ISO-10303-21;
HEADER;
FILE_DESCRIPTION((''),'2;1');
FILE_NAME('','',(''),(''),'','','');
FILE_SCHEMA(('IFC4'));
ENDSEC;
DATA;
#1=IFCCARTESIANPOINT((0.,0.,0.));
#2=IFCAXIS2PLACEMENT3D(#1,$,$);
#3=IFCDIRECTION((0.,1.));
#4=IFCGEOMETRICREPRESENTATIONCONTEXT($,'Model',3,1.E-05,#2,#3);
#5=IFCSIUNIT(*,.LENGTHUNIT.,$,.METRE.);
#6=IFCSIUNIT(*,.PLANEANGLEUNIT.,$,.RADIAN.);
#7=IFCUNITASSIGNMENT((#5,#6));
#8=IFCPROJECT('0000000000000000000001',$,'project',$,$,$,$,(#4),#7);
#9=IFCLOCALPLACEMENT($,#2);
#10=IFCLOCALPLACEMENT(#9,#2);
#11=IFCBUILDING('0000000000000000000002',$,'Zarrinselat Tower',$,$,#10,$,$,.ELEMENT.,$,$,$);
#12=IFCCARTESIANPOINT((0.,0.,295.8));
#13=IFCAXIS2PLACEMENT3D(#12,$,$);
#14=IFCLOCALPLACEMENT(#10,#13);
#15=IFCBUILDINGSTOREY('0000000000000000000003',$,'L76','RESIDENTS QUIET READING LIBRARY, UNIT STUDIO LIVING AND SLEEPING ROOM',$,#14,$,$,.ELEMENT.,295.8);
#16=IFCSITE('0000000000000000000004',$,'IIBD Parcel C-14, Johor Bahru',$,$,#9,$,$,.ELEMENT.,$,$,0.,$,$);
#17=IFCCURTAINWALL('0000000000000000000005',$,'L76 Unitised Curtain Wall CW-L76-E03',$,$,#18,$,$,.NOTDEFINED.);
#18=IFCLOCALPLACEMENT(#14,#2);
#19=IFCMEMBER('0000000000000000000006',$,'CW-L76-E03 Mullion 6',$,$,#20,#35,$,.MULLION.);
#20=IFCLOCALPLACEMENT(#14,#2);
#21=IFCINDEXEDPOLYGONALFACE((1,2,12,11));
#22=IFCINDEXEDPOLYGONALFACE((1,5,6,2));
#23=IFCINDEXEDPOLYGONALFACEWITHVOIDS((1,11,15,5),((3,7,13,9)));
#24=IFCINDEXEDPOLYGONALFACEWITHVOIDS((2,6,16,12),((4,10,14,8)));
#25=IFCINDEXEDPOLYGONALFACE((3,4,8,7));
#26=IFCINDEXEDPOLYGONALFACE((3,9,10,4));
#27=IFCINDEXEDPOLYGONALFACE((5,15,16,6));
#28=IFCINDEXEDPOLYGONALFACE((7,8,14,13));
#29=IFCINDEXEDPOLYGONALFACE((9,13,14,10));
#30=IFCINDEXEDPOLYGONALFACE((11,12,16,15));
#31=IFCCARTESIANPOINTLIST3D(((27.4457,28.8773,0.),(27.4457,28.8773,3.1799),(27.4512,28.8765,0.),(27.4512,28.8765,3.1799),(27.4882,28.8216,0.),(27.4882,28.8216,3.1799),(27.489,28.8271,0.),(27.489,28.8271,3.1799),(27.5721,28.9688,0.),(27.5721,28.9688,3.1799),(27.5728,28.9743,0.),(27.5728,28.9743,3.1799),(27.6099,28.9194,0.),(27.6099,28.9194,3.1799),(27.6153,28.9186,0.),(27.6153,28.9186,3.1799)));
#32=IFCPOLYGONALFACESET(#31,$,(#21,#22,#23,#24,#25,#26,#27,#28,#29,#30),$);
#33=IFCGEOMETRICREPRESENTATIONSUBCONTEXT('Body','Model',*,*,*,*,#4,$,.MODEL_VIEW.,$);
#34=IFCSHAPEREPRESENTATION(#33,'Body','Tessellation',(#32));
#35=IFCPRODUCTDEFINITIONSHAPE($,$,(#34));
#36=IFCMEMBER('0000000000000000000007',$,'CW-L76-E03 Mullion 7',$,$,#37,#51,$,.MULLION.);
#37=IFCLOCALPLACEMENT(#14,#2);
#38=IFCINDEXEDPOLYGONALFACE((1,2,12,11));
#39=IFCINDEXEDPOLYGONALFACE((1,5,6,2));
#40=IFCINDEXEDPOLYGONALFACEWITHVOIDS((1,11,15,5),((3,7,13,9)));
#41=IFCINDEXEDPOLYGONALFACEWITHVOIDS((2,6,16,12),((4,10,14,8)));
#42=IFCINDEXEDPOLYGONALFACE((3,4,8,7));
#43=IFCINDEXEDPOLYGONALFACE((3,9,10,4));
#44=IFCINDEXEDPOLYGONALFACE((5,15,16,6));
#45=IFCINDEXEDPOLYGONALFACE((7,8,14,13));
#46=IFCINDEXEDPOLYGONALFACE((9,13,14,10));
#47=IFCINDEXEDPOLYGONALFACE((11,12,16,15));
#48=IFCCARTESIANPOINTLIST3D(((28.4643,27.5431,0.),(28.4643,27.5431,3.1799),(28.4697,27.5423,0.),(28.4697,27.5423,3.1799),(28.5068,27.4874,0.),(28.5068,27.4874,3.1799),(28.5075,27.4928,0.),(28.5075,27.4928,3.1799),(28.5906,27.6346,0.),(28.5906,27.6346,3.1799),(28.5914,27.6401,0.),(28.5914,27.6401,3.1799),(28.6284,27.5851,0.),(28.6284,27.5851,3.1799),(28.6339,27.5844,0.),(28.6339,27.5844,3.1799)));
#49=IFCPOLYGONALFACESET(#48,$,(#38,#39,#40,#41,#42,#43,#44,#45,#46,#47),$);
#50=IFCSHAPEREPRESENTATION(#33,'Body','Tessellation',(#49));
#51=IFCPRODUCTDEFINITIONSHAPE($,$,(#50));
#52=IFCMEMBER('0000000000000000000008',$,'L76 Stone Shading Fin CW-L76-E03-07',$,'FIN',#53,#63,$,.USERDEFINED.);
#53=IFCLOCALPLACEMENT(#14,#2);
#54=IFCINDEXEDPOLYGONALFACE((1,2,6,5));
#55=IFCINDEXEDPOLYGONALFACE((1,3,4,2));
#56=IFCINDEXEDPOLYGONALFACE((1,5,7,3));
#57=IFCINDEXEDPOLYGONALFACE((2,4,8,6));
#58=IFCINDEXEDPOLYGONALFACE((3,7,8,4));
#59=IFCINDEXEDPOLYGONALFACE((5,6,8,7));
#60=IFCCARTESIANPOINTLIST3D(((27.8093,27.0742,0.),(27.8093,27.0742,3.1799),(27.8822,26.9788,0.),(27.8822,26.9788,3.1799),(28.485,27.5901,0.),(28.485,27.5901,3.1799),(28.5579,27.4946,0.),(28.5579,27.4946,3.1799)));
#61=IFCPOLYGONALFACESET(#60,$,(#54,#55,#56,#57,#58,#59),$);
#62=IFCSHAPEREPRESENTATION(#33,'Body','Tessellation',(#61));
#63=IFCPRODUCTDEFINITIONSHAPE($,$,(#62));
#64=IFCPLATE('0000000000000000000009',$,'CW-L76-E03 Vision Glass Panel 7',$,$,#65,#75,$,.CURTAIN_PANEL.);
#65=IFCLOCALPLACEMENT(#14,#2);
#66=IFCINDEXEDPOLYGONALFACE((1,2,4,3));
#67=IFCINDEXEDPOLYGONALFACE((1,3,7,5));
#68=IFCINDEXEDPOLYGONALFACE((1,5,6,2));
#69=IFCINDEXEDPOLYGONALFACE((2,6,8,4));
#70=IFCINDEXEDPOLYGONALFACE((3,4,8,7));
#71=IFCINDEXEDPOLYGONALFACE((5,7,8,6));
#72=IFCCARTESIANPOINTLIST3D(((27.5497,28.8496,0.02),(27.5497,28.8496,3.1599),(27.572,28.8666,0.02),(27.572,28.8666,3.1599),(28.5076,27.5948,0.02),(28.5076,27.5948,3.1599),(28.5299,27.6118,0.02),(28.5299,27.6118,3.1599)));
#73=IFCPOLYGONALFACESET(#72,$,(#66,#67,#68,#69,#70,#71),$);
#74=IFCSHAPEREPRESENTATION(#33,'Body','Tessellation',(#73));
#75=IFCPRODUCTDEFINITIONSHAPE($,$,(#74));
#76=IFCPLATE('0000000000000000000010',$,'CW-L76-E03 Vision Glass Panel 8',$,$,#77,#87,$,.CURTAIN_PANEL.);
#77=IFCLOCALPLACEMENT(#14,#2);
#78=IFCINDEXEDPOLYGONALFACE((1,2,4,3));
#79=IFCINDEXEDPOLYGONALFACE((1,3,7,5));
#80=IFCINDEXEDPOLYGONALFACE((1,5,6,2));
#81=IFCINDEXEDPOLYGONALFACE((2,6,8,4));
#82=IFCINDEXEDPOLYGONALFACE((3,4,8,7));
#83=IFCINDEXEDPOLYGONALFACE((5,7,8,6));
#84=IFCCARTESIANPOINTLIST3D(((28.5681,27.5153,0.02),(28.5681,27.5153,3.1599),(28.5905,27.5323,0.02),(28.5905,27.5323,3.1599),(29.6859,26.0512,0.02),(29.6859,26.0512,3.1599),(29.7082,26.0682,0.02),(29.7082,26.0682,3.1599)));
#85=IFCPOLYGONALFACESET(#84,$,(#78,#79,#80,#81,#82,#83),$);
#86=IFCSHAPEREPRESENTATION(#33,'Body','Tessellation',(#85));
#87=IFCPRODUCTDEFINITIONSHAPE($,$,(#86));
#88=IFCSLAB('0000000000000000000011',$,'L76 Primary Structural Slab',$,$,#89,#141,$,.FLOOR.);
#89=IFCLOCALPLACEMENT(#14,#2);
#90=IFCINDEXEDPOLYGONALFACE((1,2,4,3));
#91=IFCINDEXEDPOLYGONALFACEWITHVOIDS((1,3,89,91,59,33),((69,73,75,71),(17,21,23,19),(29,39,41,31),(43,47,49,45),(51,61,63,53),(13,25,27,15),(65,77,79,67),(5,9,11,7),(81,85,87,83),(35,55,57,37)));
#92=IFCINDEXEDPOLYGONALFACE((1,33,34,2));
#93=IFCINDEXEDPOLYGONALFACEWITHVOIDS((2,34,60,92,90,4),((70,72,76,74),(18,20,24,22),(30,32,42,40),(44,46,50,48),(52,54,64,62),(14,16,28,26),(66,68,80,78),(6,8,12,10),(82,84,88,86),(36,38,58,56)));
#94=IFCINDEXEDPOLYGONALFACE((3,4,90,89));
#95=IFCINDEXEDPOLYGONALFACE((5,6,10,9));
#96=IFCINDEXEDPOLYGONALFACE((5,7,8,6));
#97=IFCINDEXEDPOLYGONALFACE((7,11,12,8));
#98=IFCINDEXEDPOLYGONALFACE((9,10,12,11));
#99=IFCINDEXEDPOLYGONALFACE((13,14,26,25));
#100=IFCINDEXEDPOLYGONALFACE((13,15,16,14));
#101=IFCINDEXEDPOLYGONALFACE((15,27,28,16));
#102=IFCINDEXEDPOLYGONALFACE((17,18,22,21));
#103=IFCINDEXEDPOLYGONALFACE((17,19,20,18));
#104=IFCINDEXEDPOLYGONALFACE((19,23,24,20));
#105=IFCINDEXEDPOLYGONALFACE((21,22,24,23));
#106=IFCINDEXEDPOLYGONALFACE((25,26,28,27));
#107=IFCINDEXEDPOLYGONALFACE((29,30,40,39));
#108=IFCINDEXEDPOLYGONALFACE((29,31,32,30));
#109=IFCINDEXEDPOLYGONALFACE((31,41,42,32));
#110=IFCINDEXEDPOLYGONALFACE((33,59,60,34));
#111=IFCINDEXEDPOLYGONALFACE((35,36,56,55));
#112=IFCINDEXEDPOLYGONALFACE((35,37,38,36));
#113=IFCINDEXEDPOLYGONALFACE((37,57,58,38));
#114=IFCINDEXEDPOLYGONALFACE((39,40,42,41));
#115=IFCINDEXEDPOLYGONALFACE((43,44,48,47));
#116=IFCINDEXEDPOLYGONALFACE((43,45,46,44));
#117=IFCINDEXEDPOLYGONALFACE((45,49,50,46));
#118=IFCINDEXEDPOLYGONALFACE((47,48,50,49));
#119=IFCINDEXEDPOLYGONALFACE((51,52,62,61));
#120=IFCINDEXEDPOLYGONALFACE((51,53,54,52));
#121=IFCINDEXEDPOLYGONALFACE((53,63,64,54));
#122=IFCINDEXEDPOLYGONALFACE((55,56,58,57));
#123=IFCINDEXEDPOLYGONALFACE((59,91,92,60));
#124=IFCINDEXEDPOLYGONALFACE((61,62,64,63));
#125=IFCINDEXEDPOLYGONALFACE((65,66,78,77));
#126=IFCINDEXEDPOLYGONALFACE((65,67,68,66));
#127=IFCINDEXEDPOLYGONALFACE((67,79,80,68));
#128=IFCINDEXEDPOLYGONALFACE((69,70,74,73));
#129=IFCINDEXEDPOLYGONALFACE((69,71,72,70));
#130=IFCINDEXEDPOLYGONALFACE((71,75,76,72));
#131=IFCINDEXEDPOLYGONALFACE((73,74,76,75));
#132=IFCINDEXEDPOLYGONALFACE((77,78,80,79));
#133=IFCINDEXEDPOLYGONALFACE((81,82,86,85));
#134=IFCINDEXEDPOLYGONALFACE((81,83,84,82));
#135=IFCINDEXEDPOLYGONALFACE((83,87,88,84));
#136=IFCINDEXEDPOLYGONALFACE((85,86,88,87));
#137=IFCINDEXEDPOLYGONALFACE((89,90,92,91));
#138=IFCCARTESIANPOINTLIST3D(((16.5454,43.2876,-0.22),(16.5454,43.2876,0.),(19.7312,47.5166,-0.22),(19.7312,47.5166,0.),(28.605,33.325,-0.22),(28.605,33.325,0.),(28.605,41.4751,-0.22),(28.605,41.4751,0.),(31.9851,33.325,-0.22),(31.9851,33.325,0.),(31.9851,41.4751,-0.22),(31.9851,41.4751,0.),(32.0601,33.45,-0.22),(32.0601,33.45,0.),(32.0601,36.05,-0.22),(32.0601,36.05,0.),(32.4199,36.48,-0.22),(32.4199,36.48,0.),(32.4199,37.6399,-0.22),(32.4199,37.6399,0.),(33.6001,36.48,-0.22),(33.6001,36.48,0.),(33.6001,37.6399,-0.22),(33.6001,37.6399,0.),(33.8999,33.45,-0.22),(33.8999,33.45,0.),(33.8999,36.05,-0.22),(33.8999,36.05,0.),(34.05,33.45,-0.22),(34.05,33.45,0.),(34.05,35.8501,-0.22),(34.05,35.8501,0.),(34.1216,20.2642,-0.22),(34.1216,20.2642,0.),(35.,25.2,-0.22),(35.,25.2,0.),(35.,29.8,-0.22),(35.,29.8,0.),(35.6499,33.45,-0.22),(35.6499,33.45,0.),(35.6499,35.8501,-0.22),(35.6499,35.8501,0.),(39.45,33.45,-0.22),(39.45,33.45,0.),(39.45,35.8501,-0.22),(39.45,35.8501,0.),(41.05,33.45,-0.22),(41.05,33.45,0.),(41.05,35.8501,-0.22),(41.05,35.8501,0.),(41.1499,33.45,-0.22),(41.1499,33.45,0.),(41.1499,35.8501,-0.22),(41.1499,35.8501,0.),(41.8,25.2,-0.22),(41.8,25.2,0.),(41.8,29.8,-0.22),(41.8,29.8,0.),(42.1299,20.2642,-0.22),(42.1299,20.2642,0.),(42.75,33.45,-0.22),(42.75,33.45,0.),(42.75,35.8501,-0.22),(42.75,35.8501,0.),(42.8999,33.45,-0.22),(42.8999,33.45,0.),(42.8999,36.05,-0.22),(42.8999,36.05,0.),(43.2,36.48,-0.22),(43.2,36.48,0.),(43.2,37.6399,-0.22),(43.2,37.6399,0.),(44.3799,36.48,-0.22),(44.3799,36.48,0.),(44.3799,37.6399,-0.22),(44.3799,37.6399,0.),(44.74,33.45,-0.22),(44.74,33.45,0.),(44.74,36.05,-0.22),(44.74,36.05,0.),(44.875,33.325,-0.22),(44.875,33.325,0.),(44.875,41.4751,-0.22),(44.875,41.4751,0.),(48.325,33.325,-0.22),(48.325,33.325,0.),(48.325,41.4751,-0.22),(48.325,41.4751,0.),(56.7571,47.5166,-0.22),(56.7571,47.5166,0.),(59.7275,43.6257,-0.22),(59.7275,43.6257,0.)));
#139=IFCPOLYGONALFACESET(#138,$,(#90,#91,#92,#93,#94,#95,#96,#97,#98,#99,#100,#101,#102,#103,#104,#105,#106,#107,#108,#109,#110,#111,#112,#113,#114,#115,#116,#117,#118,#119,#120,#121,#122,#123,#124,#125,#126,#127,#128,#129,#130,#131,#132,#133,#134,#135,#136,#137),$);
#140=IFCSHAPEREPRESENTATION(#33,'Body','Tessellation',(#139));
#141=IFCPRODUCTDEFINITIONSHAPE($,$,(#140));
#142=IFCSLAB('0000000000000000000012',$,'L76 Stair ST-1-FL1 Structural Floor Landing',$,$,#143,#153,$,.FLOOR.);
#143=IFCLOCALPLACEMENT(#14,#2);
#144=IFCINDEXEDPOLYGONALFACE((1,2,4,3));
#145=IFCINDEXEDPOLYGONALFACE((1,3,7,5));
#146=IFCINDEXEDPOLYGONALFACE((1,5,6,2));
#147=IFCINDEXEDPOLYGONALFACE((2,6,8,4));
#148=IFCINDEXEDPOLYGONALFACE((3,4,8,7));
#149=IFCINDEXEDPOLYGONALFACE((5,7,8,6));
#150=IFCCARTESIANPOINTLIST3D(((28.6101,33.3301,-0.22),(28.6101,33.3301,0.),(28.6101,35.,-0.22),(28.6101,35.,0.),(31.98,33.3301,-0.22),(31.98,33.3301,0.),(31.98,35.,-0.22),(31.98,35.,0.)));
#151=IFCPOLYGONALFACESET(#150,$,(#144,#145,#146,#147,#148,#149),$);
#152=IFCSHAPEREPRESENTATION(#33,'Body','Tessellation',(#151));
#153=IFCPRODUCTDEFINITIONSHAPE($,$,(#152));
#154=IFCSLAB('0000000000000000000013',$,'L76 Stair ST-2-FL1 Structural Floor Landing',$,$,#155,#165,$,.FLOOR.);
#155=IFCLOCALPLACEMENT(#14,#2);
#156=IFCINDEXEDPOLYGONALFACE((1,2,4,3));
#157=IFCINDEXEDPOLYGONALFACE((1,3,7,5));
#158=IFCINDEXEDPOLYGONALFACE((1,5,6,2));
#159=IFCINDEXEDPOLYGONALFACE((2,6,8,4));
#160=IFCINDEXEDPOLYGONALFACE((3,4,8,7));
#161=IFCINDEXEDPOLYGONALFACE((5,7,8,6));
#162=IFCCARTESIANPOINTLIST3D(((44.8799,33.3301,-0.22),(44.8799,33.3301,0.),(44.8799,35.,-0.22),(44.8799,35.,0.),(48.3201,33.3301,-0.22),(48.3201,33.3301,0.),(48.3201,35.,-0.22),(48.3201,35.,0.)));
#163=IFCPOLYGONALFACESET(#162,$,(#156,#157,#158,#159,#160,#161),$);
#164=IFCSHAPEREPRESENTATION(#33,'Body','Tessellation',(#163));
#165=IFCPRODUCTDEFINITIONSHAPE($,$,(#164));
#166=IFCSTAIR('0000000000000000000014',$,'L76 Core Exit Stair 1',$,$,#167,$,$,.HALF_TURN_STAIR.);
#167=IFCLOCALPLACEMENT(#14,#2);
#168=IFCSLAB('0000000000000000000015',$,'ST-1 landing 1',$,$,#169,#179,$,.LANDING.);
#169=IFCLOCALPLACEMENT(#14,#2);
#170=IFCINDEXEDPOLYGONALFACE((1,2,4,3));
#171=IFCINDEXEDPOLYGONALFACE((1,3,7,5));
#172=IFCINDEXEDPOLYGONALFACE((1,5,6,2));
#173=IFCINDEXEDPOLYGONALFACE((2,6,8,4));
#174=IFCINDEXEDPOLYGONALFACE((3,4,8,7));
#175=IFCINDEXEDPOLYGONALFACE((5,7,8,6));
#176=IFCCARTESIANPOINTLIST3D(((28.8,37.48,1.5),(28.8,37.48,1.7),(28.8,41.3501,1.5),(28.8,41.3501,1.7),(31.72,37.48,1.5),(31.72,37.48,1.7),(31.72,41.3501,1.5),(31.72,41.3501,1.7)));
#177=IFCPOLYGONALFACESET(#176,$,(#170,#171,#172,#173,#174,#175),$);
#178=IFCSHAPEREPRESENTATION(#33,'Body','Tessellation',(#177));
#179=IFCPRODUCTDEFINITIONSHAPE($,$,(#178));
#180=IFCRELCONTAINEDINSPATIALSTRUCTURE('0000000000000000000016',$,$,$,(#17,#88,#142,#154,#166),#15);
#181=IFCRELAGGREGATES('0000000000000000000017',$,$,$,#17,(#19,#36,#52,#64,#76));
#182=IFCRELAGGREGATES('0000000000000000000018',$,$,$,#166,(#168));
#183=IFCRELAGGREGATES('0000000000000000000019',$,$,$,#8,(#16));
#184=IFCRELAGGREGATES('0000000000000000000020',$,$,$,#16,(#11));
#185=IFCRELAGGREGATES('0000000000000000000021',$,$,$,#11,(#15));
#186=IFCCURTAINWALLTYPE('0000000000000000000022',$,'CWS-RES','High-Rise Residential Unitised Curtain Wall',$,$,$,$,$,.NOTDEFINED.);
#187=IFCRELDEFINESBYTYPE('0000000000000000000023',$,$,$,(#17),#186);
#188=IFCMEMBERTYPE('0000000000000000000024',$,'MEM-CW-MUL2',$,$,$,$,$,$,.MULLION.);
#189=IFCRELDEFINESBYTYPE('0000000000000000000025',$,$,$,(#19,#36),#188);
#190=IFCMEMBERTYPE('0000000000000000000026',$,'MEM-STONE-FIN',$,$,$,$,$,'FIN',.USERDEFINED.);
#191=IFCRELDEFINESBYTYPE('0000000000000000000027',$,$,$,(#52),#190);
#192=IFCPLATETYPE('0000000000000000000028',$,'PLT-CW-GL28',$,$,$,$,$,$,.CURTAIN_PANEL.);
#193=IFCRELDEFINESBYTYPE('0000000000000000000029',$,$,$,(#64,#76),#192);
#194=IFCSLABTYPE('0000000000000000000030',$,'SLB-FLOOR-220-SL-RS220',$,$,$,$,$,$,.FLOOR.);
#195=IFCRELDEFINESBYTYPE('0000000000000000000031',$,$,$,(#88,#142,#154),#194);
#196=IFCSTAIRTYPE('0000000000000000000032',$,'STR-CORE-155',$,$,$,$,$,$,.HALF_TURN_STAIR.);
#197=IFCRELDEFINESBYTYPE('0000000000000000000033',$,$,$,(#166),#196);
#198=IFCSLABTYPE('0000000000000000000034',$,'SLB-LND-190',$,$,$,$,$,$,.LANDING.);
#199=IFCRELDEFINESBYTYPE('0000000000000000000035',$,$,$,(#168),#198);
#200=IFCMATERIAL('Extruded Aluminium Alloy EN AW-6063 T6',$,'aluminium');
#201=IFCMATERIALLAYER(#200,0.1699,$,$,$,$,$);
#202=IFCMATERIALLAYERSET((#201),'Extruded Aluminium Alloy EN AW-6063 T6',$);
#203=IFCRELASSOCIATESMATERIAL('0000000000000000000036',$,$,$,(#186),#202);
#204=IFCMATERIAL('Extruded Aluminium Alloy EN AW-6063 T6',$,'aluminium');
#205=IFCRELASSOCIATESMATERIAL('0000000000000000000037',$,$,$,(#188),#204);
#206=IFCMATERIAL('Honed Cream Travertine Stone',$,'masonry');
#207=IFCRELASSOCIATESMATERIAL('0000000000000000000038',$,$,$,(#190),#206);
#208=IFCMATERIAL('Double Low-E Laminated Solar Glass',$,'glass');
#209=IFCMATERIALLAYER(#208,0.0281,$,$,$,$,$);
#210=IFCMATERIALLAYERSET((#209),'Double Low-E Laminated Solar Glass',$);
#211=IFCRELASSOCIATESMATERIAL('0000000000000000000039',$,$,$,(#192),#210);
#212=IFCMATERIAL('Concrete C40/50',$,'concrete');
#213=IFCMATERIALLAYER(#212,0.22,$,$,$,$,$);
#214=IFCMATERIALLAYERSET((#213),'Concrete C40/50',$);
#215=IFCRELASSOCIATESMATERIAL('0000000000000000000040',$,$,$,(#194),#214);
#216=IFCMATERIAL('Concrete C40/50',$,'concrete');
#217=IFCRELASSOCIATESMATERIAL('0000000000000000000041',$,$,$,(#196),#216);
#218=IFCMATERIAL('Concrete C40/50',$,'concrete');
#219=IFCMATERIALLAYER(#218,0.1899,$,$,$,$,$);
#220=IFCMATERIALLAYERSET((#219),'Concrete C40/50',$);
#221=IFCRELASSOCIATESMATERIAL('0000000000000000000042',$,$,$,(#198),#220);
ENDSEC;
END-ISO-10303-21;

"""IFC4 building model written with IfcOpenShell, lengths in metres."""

from ifc_helpers import new_model, si_unit, direction, frame, origin, origin_2d, place, context, subcontext, project, spatial, polyline, rectangle, hollow_rectangle, outline, extrude, material, layer, layer_set, material_profile, profile_set, type_object, element, aggregate, save


model = new_model("IFC4")

# Units and contexts
model_context = context("Model", 3, precision=1e-05, world=origin(), true_north=direction((0.0, 1.0)))
body_context = subcontext(model_context, "Body", "Model", "MODEL_VIEW")
ifc_project = project(units=[si_unit("LENGTHUNIT", "METRE"), si_unit("PLANEANGLEUNIT", "RADIAN")], contexts=[model_context])

# Site, building, storey
site_placement = place(None, origin())
site = spatial("IfcSite", under=ifc_project, at=site_placement, Name="IIBD Parcel C-14, Johor Bahru", CompositionType="ELEMENT", RefElevation=0.0)
building_placement = place(site_placement, origin())
building = spatial("IfcBuilding", under=site, at=building_placement, Name="Zarrinselat Tower", CompositionType="ELEMENT")
storey_placement = place(building_placement, frame((0.0, 0.0, 295.8)))
storey = spatial("IfcBuildingStorey", under=building, at=storey_placement, Name="L76", Description="RESIDENTS QUIET READING LIBRARY, UNIT STUDIO LIVING AND SLEEPING ROOM", CompositionType="ELEMENT", Elevation=295.8)

# Curtain wall, members, plates
ifc_material_1 = material(Name="Extruded Aluminium Alloy EN AW-6063 T6", Category="aluminium")
ifc_layer_1 = layer(ifc_material_1, 0.1699)
ifc_layer_set_1 = layer_set([ifc_layer_1], Name="Extruded Aluminium Alloy EN AW-6063 T6")
curtain_wall_type = type_object("IfcCurtainWallType", Name="CWS-RES", Description="High-Rise Residential Unitised Curtain Wall", PredefinedType="NOTDEFINED", material=ifc_layer_set_1)
curtain_wall_placement = place(storey_placement, origin())
curtain_wall = element("IfcCurtainWall", 1, at=curtain_wall_placement, inside=storey, type_object=curtain_wall_type, Name="L76 Unitised Curtain Wall CW-L76-E03", PredefinedType="NOTDEFINED")
ifc_material_2 = material(Name="Extruded Aluminium Alloy EN AW-6063 T6", Category="aluminium")
ifc_material_profile_1 = material_profile(ifc_material_2, hollow_rectangle(XDim=0.0701, YDim=0.1599, WallThickness=0.0039, at=origin_2d()), Name="RHS 160x70x4")
ifc_profile_set_1 = profile_set([ifc_material_profile_1], Name="Extruded Aluminium Alloy EN AW-6063 T6")
member_type_1 = type_object("IfcMemberType", Name="MEM-CW-MUL2", PredefinedType="MULLION", material=ifc_profile_set_1)
member_1_placement = place(storey_placement, frame((27.5305, 28.8979, 0.0), z_axis=(0.0, 0.0, 1.0), x_axis=(0.606802, -0.794853, 0.0)))
member_1 = element("IfcMember", 2, at=member_1_placement, type_object=member_type_1, Name="CW-L76-E03 Mullion 6", PredefinedType="MULLION", context=body_context, shape_type="SweptSolid", body=[
    extrude(hollow_rectangle(XDim=0.0701, YDim=0.1599, WallThickness=0.0039, at=origin_2d()), origin(), (0.0, 0.0, 1.0), 3.1799),
])
member_2_placement = place(storey_placement, frame((28.5491, 27.5637, 0.0), z_axis=(0.0, 0.0, 1.0), x_axis=(0.606802, -0.794853, 0.0)))
member_2 = element("IfcMember", 3, at=member_2_placement, type_object=member_type_1, Name="CW-L76-E03 Mullion 7", PredefinedType="MULLION", context=body_context, shape_type="SweptSolid", body=[
    extrude(hollow_rectangle(XDim=0.0701, YDim=0.1599, WallThickness=0.0039, at=origin_2d()), origin(), (0.0, 0.0, 1.0), 3.1799),
])
ifc_material_3 = material(Name="Honed Cream Travertine Stone", Category="masonry")
ifc_material_profile_2 = material_profile(ifc_material_3, rectangle(XDim=0.1201, YDim=0.8501, at=origin_2d()), Name="FIN 850x120")
ifc_profile_set_2 = profile_set([ifc_material_profile_2], Name="Honed Cream Travertine Stone")
member_type_2 = type_object("IfcMemberType", Name="MEM-STONE-FIN", ElementType="FIN", PredefinedType="USERDEFINED", material=ifc_profile_set_2)
member_3_placement = place(storey_placement, frame((28.1836, 27.2844, 0.0), z_axis=(0.0, 0.0, 1.0), x_axis=(-0.606802, 0.794853, 0.0)))
member_3 = element("IfcMember", 4, at=member_3_placement, type_object=member_type_2, Name="L76 Stone Shading Fin CW-L76-E03-07", ObjectType="FIN", PredefinedType="USERDEFINED", context=body_context, shape_type="SweptSolid", body=[
    extrude(rectangle(XDim=0.1201, YDim=0.8501, at=origin_2d()), origin(), (0.0, 0.0, 1.0), 3.1799),
])
ifc_material_4 = material(Name="Double Low-E Laminated Solar Glass", Category="glass")
ifc_layer_2 = layer(ifc_material_4, 0.0281)
ifc_layer_set_2 = layer_set([ifc_layer_2], Name="Double Low-E Laminated Solar Glass")
plate_type = type_object("IfcPlateType", Name="PLT-CW-GL28", PredefinedType="CURTAIN_PANEL", material=ifc_layer_set_2)
plate_1_placement = place(storey_placement, frame((28.0398, 28.2307, 0.02), z_axis=(0.0, 0.0, 1.0), x_axis=(0.606802, -0.794853, 0.0)))
plate_1 = element("IfcPlate", 5, at=plate_1_placement, type_object=plate_type, Name="CW-L76-E03 Vision Glass Panel 7", PredefinedType="CURTAIN_PANEL", context=body_context, shape_type="SweptSolid", body=[
    extrude(rectangle(XDim=1.5786, YDim=0.0281, at=origin_2d()), origin(), (0.0, 0.0, 1.0), 3.1399),
])
plate_2_placement = place(storey_placement, frame((29.1382, 26.7917, 0.02), z_axis=(0.0, 0.0, 1.0), x_axis=(0.606802, -0.794853, 0.0)))
plate_2 = element("IfcPlate", 6, at=plate_2_placement, type_object=plate_type, Name="CW-L76-E03 Vision Glass Panel 8", PredefinedType="CURTAIN_PANEL", context=body_context, shape_type="SweptSolid", body=[
    extrude(rectangle(XDim=1.842, YDim=0.0281, at=origin_2d()), origin(), (0.0, 0.0, 1.0), 3.1399),
])
aggregate(curtain_wall, [member_1, member_2, member_3, plate_1, plate_2])

# Slabs
ifc_material_5 = material(Name="Concrete C40/50", Category="concrete")
ifc_layer_3 = layer(ifc_material_5, 0.22)
ifc_layer_set_3 = layer_set([ifc_layer_3], Name="Concrete C40/50")
slab_type_1 = type_object("IfcSlabType", Name="SLB-FLOOR-220-SL-RS220", PredefinedType="FLOOR", material=ifc_layer_set_3)
slab_1_placement = place(storey_placement, frame((0.0, 0.0, -0.22)))
element("IfcSlab", 7, at=slab_1_placement, inside=storey, type_object=slab_type_1, Name="L76 Primary Structural Slab", PredefinedType="FLOOR", context=body_context, shape_type="SweptSolid", body=[
    extrude(outline(polyline([(56.7571, 47.5166), (19.7312, 47.5166), (16.5454, 43.2876), (34.1216, 20.2642), (42.1299, 20.2642), (59.7275, 43.6257), (56.7571, 47.5166)]), holes=[polyline([(41.8, 25.2), (35.0, 25.2), (35.0, 29.8), (41.8, 29.8), (41.8, 25.2)]), polyline([(35.6499, 33.45), (34.05, 33.45), (34.05, 35.8501), (35.6499, 35.8501), (35.6499, 33.45)]), polyline([(41.05, 33.45), (39.45, 33.45), (39.45, 35.8501), (41.05, 35.8501), (41.05, 33.45)]), polyline([(41.1499, 33.45), (41.1499, 35.8501), (42.75, 35.8501), (42.75, 33.45), (41.1499, 33.45)]), polyline([(32.0601, 33.45), (32.0601, 36.05), (33.8999, 36.05), (33.8999, 33.45), (32.0601, 33.45)]), polyline([(44.74, 33.45), (42.8999, 33.45), (42.8999, 36.05), (44.74, 36.05), (44.74, 33.45)]), polyline([(33.6001, 36.48), (32.4199, 36.48), (32.4199, 37.6399), (33.6001, 37.6399), (33.6001, 36.48)]), polyline([(44.3799, 36.48), (43.2, 36.48), (43.2, 37.6399), (44.3799, 37.6399), (44.3799, 36.48)]), polyline([(31.9851, 33.325), (28.605, 33.325), (28.605, 41.4751), (31.9851, 41.4751), (31.9851, 33.325)]), polyline([(48.325, 33.325), (44.875, 33.325), (44.875, 41.4751), (48.325, 41.4751), (48.325, 33.325)])]), origin(), (0.0, 0.0, 1.0), 0.22),
])
slab_2_placement = place(storey_placement, frame((0.0, 0.0, -0.22)))
element("IfcSlab", 8, at=slab_2_placement, inside=storey, type_object=slab_type_1, Name="L76 Stair ST-1-FL1 Structural Floor Landing", PredefinedType="FLOOR", context=body_context, shape_type="SweptSolid", body=[
    extrude(outline(polyline([(31.98, 33.3301), (31.98, 35.0), (28.6101, 35.0), (28.6101, 33.3301), (31.98, 33.3301)])), origin(), (0.0, 0.0, 1.0), 0.22),
])
slab_3_placement = place(storey_placement, frame((0.0, 0.0, -0.22)))
element("IfcSlab", 9, at=slab_3_placement, inside=storey, type_object=slab_type_1, Name="L76 Stair ST-2-FL1 Structural Floor Landing", PredefinedType="FLOOR", context=body_context, shape_type="SweptSolid", body=[
    extrude(outline(polyline([(48.3201, 33.3301), (48.3201, 35.0), (44.8799, 35.0), (44.8799, 33.3301), (48.3201, 33.3301)])), origin(), (0.0, 0.0, 1.0), 0.22),
])

# Stair, slab
ifc_material_6 = material(Name="Concrete C40/50", Category="concrete")
stair_type = type_object("IfcStairType", Name="STR-CORE-155", PredefinedType="HALF_TURN_STAIR", material=ifc_material_6)
stair_1_placement = place(storey_placement, origin())
stair_1 = element("IfcStair", 10, at=stair_1_placement, inside=storey, type_object=stair_type, Name="L76 Core Exit Stair 1", PredefinedType="HALF_TURN_STAIR")
ifc_material_7 = material(Name="Concrete C40/50", Category="concrete")
ifc_layer_4 = layer(ifc_material_7, 0.1899)
ifc_layer_set_4 = layer_set([ifc_layer_4], Name="Concrete C40/50")
slab_type_2 = type_object("IfcSlabType", Name="SLB-LND-190", PredefinedType="LANDING", material=ifc_layer_set_4)
slab_4_placement = place(storey_placement, frame((0.0, 0.0, 1.5)))
slab_4 = element("IfcSlab", 11, at=slab_4_placement, type_object=slab_type_2, Name="ST-1 landing 1", PredefinedType="LANDING", context=body_context, shape_type="SweptSolid", body=[
    extrude(outline(polyline([(31.72, 37.48), (31.72, 41.3501), (28.8, 41.3501), (28.8, 37.48), (31.72, 37.48)])), origin(), (0.0, 0.0, 1.0), 0.2),
])
aggregate(stair_1, [slab_4])

save(model, "model.ifc")
